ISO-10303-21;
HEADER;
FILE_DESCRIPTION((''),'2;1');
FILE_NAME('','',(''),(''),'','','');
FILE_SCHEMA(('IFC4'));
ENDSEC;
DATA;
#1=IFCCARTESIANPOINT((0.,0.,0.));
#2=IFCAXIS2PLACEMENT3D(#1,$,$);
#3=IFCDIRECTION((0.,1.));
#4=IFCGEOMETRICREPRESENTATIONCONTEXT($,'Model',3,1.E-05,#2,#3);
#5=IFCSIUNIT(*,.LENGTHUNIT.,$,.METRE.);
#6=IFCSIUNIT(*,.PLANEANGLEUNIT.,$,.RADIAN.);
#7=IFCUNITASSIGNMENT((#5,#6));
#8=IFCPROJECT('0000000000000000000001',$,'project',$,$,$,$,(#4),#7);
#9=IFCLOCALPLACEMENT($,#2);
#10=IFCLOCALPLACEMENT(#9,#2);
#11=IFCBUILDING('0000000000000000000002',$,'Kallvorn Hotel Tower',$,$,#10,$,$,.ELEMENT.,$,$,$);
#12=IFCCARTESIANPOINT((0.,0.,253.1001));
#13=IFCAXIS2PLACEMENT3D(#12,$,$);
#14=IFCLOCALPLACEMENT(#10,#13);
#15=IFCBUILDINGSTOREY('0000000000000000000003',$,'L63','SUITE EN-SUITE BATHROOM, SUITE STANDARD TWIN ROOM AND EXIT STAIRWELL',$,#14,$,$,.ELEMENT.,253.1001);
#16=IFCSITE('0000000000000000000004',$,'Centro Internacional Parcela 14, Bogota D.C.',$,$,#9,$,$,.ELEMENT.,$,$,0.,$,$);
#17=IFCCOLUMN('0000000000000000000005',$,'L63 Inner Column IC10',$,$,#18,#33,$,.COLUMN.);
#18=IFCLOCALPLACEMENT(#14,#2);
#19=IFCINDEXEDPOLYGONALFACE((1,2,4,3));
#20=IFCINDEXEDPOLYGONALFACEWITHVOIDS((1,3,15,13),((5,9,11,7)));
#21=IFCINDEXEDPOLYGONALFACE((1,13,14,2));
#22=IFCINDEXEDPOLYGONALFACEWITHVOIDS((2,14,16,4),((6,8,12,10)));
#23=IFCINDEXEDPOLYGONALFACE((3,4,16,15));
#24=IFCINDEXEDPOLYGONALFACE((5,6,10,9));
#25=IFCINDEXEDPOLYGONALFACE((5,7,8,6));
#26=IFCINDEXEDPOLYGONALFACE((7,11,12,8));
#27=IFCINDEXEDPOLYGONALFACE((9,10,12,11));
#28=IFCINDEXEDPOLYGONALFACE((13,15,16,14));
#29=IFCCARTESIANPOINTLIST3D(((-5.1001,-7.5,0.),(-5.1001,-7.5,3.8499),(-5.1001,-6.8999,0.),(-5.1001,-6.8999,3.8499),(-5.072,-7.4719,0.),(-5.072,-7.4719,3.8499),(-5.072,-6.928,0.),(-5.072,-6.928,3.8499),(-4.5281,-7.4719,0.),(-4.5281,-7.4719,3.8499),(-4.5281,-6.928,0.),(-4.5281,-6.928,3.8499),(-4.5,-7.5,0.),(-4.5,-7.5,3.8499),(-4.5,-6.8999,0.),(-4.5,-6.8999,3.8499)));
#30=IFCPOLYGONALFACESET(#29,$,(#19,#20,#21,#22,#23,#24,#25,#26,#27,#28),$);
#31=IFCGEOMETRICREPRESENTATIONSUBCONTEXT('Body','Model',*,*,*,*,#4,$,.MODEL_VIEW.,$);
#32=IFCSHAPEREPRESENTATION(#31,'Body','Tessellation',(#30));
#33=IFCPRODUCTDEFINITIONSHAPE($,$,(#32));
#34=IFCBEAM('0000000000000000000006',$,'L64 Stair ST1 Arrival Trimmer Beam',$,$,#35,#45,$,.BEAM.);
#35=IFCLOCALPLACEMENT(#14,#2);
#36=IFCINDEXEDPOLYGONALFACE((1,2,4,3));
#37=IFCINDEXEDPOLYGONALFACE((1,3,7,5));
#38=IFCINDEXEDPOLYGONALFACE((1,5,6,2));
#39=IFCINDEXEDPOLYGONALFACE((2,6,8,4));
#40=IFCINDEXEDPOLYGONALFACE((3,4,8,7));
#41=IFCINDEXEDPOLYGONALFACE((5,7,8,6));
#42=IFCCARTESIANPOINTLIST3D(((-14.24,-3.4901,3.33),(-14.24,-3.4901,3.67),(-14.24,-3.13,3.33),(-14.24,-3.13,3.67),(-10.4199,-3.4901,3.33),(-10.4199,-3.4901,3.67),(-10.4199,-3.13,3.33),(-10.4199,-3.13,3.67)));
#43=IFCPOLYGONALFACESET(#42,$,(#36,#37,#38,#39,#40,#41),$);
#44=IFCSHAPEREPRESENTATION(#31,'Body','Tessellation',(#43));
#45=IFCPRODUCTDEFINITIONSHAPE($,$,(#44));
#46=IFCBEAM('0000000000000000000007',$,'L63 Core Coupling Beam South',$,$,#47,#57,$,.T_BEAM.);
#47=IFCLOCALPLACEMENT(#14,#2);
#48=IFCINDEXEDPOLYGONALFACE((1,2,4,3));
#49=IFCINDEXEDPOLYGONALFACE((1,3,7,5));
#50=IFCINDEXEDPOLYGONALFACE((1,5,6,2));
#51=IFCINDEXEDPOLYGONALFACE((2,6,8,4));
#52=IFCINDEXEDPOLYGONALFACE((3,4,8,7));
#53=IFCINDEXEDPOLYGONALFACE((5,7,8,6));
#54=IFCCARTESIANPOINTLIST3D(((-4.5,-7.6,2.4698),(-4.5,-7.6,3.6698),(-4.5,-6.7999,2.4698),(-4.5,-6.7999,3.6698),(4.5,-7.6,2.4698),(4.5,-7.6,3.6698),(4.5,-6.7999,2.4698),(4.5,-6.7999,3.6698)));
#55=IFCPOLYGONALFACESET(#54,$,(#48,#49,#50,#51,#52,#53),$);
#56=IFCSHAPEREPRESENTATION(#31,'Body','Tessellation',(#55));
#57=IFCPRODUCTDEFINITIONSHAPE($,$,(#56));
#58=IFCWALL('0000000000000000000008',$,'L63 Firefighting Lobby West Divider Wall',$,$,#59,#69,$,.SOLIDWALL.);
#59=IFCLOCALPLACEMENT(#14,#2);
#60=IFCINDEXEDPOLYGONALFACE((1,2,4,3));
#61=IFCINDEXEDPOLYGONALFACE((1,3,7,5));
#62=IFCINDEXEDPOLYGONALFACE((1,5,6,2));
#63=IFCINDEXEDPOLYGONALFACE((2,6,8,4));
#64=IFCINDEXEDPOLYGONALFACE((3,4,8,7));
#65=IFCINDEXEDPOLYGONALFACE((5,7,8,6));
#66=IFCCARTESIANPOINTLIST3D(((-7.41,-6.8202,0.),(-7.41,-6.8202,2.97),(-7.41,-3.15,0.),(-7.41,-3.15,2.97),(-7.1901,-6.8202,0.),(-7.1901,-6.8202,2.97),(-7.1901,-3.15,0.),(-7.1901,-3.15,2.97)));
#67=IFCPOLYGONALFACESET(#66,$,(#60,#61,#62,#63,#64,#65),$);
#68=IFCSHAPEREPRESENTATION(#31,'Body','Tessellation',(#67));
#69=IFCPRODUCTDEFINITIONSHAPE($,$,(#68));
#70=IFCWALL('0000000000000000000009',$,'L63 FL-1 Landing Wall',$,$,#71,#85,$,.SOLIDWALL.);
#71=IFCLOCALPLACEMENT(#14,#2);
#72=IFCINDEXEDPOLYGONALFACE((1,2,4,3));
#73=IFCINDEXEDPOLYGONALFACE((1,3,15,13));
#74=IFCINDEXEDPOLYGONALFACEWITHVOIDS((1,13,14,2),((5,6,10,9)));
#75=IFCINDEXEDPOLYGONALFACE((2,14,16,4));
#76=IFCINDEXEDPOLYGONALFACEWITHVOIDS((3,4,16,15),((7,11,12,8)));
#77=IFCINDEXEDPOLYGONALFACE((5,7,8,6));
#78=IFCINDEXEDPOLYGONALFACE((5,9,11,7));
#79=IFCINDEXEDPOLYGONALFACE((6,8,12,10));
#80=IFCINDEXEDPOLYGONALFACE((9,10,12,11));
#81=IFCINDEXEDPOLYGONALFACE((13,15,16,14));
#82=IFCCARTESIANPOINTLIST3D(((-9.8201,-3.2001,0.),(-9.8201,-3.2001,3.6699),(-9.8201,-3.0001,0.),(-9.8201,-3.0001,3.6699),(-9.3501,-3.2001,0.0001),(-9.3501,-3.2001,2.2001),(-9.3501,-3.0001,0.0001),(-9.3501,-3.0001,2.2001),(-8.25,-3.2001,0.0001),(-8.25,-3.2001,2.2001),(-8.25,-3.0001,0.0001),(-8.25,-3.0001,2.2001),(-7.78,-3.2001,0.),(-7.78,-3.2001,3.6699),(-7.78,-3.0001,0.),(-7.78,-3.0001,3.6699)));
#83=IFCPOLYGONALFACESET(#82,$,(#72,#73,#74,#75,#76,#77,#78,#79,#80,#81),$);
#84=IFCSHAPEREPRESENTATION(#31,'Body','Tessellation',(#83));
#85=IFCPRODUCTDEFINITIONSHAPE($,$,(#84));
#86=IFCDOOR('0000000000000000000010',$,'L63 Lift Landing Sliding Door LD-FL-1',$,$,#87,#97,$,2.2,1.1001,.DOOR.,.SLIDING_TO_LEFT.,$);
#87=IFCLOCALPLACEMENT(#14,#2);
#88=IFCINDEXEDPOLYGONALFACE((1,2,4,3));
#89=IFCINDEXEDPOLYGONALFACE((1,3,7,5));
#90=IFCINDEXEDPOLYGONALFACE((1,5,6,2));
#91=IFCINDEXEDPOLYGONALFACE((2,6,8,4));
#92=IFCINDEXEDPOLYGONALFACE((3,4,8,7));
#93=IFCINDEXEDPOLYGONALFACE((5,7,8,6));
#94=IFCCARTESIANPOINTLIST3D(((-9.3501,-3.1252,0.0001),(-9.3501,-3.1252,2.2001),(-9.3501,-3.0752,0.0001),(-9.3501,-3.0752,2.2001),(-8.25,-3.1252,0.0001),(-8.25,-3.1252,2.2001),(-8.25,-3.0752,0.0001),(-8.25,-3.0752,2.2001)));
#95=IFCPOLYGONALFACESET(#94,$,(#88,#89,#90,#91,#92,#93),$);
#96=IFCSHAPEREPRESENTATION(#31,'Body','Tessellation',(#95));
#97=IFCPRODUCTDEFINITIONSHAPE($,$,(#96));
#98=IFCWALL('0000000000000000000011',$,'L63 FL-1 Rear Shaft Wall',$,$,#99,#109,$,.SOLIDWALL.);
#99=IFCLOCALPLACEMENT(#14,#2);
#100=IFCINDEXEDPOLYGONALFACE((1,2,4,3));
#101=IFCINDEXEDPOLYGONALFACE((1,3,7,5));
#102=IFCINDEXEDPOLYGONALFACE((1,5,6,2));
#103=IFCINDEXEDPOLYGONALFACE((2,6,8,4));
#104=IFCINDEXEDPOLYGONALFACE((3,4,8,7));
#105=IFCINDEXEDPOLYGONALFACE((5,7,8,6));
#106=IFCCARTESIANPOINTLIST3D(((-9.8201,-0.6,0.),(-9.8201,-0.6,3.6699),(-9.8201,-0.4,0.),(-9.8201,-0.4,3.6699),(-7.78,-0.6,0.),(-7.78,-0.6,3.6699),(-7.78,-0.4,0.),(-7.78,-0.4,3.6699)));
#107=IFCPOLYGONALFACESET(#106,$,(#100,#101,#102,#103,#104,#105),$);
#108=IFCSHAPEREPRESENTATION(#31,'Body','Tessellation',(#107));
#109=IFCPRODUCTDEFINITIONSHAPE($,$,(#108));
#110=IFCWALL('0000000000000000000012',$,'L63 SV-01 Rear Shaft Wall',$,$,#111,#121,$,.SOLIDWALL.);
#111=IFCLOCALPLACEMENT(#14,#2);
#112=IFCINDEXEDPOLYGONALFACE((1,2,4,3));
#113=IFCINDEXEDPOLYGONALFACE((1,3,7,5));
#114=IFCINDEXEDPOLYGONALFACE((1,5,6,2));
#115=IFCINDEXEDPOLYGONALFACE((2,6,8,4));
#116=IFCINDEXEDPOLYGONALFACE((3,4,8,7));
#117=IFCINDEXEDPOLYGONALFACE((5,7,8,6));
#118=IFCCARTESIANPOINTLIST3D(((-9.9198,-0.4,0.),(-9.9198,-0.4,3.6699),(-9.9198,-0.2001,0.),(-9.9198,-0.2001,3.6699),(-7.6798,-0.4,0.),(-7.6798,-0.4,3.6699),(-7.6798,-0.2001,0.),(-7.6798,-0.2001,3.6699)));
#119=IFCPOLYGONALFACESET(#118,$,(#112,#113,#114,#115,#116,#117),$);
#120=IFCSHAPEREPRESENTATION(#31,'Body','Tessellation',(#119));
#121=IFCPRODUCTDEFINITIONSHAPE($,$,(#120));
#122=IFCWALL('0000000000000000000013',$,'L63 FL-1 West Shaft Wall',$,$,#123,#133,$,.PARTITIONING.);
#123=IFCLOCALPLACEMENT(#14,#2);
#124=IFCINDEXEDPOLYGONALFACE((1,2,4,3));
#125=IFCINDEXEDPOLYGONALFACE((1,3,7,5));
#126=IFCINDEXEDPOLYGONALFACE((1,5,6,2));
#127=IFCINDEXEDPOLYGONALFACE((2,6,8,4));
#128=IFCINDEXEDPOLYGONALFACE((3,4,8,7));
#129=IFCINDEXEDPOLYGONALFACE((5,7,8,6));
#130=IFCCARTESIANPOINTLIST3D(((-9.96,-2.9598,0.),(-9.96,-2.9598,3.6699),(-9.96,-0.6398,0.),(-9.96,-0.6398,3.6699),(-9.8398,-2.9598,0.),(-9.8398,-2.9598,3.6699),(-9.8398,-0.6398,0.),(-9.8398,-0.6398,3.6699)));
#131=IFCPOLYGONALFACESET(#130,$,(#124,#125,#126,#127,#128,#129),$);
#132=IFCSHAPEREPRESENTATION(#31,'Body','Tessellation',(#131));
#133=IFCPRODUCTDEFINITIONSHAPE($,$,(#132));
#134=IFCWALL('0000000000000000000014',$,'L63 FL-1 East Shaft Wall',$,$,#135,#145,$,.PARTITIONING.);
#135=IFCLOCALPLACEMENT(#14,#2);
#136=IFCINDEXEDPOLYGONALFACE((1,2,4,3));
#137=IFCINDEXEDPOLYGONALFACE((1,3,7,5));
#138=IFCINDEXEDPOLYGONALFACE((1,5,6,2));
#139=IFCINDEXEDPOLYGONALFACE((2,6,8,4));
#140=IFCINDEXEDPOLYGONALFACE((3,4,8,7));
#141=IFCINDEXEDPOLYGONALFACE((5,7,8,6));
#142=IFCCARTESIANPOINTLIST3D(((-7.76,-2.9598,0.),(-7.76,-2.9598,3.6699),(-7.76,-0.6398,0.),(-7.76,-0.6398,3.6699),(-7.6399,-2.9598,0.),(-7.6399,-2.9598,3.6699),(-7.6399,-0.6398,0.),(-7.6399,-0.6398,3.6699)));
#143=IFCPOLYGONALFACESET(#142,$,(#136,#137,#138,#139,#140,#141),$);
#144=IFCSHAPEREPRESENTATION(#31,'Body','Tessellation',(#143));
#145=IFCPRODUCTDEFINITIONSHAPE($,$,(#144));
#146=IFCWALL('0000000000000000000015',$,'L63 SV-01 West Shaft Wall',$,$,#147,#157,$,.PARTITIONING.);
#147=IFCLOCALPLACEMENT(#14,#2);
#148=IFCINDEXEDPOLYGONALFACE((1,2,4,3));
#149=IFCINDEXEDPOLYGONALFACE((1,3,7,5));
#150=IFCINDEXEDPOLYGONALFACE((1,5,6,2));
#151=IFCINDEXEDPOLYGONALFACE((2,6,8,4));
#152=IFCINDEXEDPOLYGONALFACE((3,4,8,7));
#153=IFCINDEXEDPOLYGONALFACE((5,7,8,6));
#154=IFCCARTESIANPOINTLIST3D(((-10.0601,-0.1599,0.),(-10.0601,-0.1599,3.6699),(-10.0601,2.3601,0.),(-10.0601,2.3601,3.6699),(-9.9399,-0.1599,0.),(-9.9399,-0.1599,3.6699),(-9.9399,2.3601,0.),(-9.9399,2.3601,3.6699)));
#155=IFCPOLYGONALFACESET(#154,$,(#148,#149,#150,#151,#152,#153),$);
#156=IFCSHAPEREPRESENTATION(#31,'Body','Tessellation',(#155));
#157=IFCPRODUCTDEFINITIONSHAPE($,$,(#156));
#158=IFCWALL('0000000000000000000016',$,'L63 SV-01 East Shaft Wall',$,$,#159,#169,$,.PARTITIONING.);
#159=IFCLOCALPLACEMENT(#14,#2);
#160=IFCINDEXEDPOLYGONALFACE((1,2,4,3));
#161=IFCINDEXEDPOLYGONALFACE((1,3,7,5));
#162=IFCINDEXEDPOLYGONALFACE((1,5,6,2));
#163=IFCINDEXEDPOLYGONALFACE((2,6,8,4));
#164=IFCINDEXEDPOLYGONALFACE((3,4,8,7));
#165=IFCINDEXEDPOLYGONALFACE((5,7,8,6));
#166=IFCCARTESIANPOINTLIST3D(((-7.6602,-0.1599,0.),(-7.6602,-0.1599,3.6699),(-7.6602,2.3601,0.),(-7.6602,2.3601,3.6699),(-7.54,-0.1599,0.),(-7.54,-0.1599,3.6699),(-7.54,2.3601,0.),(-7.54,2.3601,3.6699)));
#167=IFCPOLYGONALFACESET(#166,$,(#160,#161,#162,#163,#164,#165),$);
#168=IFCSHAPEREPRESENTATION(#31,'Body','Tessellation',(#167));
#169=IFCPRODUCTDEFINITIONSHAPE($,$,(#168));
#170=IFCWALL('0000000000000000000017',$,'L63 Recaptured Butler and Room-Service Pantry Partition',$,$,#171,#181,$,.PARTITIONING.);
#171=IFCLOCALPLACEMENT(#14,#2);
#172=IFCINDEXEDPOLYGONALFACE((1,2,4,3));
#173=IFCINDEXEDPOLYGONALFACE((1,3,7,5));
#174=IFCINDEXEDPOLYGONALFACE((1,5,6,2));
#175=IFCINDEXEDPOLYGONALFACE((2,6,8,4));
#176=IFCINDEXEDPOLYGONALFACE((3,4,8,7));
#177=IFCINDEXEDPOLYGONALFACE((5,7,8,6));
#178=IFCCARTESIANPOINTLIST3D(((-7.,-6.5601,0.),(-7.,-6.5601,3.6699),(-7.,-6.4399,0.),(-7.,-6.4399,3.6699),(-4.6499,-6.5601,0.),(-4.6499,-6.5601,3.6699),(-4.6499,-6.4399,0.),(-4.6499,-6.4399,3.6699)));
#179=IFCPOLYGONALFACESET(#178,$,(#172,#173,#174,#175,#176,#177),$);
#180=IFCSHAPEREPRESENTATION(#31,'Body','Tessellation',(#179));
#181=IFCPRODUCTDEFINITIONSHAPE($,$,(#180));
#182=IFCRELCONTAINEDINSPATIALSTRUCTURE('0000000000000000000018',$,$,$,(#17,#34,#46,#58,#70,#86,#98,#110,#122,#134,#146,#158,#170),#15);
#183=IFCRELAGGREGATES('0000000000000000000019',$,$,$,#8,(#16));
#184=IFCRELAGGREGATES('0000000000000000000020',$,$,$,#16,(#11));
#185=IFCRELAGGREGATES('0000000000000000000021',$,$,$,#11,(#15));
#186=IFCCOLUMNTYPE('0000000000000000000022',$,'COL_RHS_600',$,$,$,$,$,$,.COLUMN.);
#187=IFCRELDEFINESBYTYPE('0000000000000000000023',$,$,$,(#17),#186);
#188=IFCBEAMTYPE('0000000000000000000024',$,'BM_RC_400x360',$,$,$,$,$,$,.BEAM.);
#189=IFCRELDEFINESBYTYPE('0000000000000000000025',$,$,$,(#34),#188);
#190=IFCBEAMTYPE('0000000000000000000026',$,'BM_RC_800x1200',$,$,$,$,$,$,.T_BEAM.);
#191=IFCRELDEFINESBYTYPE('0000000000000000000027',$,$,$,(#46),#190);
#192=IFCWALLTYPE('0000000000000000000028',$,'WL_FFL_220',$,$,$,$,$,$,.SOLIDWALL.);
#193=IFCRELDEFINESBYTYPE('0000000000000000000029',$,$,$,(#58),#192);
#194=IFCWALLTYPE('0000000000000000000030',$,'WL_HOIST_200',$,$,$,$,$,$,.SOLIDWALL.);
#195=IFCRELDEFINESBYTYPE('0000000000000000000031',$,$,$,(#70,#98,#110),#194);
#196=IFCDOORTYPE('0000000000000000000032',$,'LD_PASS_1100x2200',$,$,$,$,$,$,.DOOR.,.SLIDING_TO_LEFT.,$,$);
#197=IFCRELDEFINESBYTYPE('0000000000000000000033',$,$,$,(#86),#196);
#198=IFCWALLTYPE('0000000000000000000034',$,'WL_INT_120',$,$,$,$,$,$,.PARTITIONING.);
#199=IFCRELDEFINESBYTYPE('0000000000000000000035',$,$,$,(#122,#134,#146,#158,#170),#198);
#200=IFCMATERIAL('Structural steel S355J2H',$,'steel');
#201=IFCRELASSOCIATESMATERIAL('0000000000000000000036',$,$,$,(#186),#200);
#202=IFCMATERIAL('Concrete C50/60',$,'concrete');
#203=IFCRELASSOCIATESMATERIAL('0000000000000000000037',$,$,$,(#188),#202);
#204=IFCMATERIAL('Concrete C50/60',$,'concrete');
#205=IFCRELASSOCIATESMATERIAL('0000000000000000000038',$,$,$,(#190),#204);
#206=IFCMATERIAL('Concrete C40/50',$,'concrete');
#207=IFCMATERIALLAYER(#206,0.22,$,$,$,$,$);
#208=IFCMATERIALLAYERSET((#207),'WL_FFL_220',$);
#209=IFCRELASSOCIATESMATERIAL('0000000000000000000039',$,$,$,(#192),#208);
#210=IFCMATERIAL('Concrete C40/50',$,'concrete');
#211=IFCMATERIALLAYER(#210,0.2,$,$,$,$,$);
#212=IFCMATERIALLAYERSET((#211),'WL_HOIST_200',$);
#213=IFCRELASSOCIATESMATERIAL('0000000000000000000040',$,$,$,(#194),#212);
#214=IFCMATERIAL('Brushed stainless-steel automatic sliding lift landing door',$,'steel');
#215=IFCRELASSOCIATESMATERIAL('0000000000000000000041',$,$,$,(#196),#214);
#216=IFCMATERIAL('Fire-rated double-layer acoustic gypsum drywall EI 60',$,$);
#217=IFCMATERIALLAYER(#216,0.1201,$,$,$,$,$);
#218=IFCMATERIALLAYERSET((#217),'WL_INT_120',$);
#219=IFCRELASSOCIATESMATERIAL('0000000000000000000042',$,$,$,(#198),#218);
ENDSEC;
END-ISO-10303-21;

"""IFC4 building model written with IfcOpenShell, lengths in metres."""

from ifc_helpers import new_model, si_unit, direction, frame, frame_2d, origin, origin_2d, place, context, subcontext, project, spatial, rectangle, hollow_rectangle, extrude, material, layer, layer_set, material_profile, profile_set, type_object, element, fill, save


model = new_model("IFC4")

# Units and contexts
model_context = context("Model", 3, precision=1e-05, world=origin(), true_north=direction((0.0, 1.0)))
body_context = subcontext(model_context, "Body", "Model", "MODEL_VIEW")
ifc_project = project(units=[si_unit("LENGTHUNIT", "METRE"), si_unit("PLANEANGLEUNIT", "RADIAN")], contexts=[model_context])

# Site, building, storey
site_placement = place(None, origin())
site = spatial("IfcSite", under=ifc_project, at=site_placement, Name="Centro Internacional Parcela 14, Bogota D.C.", CompositionType="ELEMENT", RefElevation=0.0)
building_placement = place(site_placement, origin())
building = spatial("IfcBuilding", under=site, at=building_placement, Name="Kallvorn Hotel Tower", CompositionType="ELEMENT")
storey_placement = place(building_placement, frame((0.0, 0.0, 253.1001)))
storey = spatial("IfcBuildingStorey", under=building, at=storey_placement, Name="L63", Description="SUITE EN-SUITE BATHROOM, SUITE STANDARD TWIN ROOM AND EXIT STAIRWELL", CompositionType="ELEMENT", Elevation=253.1001)

# Column
ifc_material_1 = material(Name="Structural steel S355J2H", Category="steel")
ifc_material_profile_1 = material_profile(ifc_material_1, hollow_rectangle(XDim=0.6001, YDim=0.6001, WallThickness=0.0281, at=origin_2d()), Name="RHS 600x600x28")
ifc_profile_set_1 = profile_set([ifc_material_profile_1], Name="Structural steel S355J2H")
column_type = type_object("IfcColumnType", Name="COL_RHS_600", PredefinedType="COLUMN", material=ifc_profile_set_1)
column_placement = place(storey_placement, frame((-4.8, -7.2, 0.0), z_axis=(0.0, 0.0, 1.0), x_axis=(1.0, 0.0, 0.0)))
element("IfcColumn", 1, at=column_placement, inside=storey, type_object=column_type, Name="L63 Inner Column IC10", PredefinedType="COLUMN", context=body_context, shape_type="SweptSolid", body=[
    extrude(hollow_rectangle(XDim=0.6001, YDim=0.6001, WallThickness=0.0281, at=origin_2d()), origin(), (0.0, 0.0, 1.0), 3.8499),
])

# Beams
ifc_material_2 = material(Name="Concrete C50/60", Category="concrete")
ifc_material_profile_2 = material_profile(ifc_material_2, rectangle(XDim=0.3601, YDim=0.3401, at=origin_2d()), Name="RC 360x340")
ifc_profile_set_2 = profile_set([ifc_material_profile_2], Name="Concrete C50/60")
beam_type_1 = type_object("IfcBeamType", Name="BM_RC_400x360", PredefinedType="BEAM", material=ifc_profile_set_2)
beam_1_placement = place(storey_placement, frame((-10.4199, -3.3101, 3.5), z_axis=(-1.0, 0.0, 0.0), x_axis=(0.0, -1.0, 0.0)))
element("IfcBeam", 2, at=beam_1_placement, inside=storey, type_object=beam_type_1, Name="L64 Stair ST1 Arrival Trimmer Beam", PredefinedType="BEAM", context=body_context, shape_type="SweptSolid", body=[
    extrude(rectangle(XDim=0.3601, YDim=0.3401, at=origin_2d()), origin(), (0.0, 0.0, 1.0), 3.8201),
])
ifc_material_3 = material(Name="Concrete C50/60", Category="concrete")
ifc_material_profile_3 = material_profile(ifc_material_3, rectangle(XDim=0.8, YDim=1.2, at=origin_2d()), Name="RC 800x1200")
ifc_profile_set_3 = profile_set([ifc_material_profile_3], Name="Concrete C50/60")
beam_type_2 = type_object("IfcBeamType", Name="BM_RC_800x1200", PredefinedType="T_BEAM", material=ifc_profile_set_3)
beam_2_placement = place(storey_placement, frame((-4.5, -7.2, 3.0698), z_axis=(1.0, 0.0, 0.0), x_axis=(0.0, 1.0, 0.0)))
element("IfcBeam", 3, at=beam_2_placement, inside=storey, type_object=beam_type_2, Name="L63 Core Coupling Beam South", PredefinedType="T_BEAM", context=body_context, shape_type="SweptSolid", body=[
    extrude(rectangle(XDim=0.8, YDim=1.2, at=origin_2d()), origin(), (0.0, 0.0, 1.0), 9.0),
])

# Wall
ifc_material_4 = material(Name="Concrete C40/50", Category="concrete")
ifc_layer_1 = layer(ifc_material_4, 0.22)
ifc_layer_set_1 = layer_set([ifc_layer_1], Name="WL_FFL_220")
wall_type_1 = type_object("IfcWallType", Name="WL_FFL_220", PredefinedType="SOLIDWALL", material=ifc_layer_set_1)
wall_1_placement = place(storey_placement, frame((-7.3, -6.8201, 0.0), z_axis=(0.0, 0.0, 1.0), x_axis=(0.0, 1.0, 0.0)))
element("IfcWall", 4, at=wall_1_placement, inside=storey, type_object=wall_type_1, Name="L63 Firefighting Lobby West Divider Wall", PredefinedType="SOLIDWALL", context=body_context, shape_type="SweptSolid", body=[
    extrude(rectangle(XDim=3.6702, YDim=0.22, at=frame_2d((1.835, 0.0))), origin(), (0.0, 0.0, 1.0), 2.97),
])

# Wall, opening, door
ifc_material_5 = material(Name="Concrete C40/50", Category="concrete")
ifc_layer_2 = layer(ifc_material_5, 0.2)
ifc_layer_set_2 = layer_set([ifc_layer_2], Name="WL_HOIST_200")
wall_type_2 = type_object("IfcWallType", Name="WL_HOIST_200", PredefinedType="SOLIDWALL", material=ifc_layer_set_2)
wall_2_placement = place(storey_placement, frame((-9.8201, -3.1001, 0.0), z_axis=(0.0, 0.0, 1.0), x_axis=(1.0, 0.0, 0.0)))
wall_2 = element("IfcWall", 5, at=wall_2_placement, inside=storey, type_object=wall_type_2, Name="L63 FL-1 Landing Wall", PredefinedType="SOLIDWALL", context=body_context, shape_type="SweptSolid", body=[
    extrude(rectangle(XDim=2.04, YDim=0.2, at=frame_2d((1.02, 0.0))), origin(), (0.0, 0.0, 1.0), 3.6699),
])
opening_1_placement = place(wall_2_placement, frame((0.47, 0.0, 0.0)))
opening_1 = element("IfcOpeningElement", 6, at=opening_1_placement, cuts=wall_2, PredefinedType="OPENING", context=body_context, shape_type="SweptSolid", body=[
    extrude(rectangle(XDim=1.1001, YDim=2.2, at=frame_2d((0.55, 1.1001))), frame((0.0, 0.115, 0.0), z_axis=(0.0, -1.0, 0.0), x_axis=(1.0, 0.0, 0.0)), (0.0, 0.0, 1.0), 0.23),
])
ifc_material_6 = material(Name="Brushed stainless-steel automatic sliding lift landing door", Category="steel")
door_type_1 = type_object("IfcDoorType", Name="LD_PASS_1100x2200", OperationType="SLIDING_TO_LEFT", PredefinedType="DOOR", material=ifc_material_6)
door_1_placement = place(opening_1_placement, origin())
door_1 = element("IfcDoor", 7, at=door_1_placement, inside=storey, type_object=door_type_1, Name="L63 Lift Landing Sliding Door LD-FL-1", OperationType="SLIDING_TO_LEFT", OverallHeight=2.2, OverallWidth=1.1001, PredefinedType="DOOR", context=body_context, shape_type="SweptSolid", body=[
    extrude(rectangle(XDim=1.1001, YDim=2.2, at=frame_2d((0.55, 1.1001))), frame((0.0, 0.0249, 0.0), z_axis=(0.0, -1.0, 0.0), x_axis=(1.0, 0.0, 0.0)), (0.0, 0.0, 1.0), 0.05),
])
fill(opening_1, door_1)

# Walls
wall_3_placement = place(storey_placement, frame((-9.8201, -0.5, 0.0), z_axis=(0.0, 0.0, 1.0), x_axis=(1.0, 0.0, 0.0)))
element("IfcWall", 8, at=wall_3_placement, inside=storey, type_object=wall_type_2, Name="L63 FL-1 Rear Shaft Wall", PredefinedType="SOLIDWALL", context=body_context, shape_type="SweptSolid", body=[
    extrude(rectangle(XDim=2.04, YDim=0.2, at=frame_2d((1.02, 0.0))), origin(), (0.0, 0.0, 1.0), 3.6699),
])
wall_4_placement = place(storey_placement, frame((-9.9199, -0.3, 0.0), z_axis=(0.0, 0.0, 1.0), x_axis=(1.0, 0.0, 0.0)))
element("IfcWall", 9, at=wall_4_placement, inside=storey, type_object=wall_type_2, Name="L63 SV-01 Rear Shaft Wall", PredefinedType="SOLIDWALL", context=body_context, shape_type="SweptSolid", body=[
    extrude(rectangle(XDim=2.24, YDim=0.2, at=frame_2d((1.1201, 0.0))), origin(), (0.0, 0.0, 1.0), 3.6699),
])
ifc_material_7 = material(Name="Fire-rated double-layer acoustic gypsum drywall EI 60")
ifc_layer_3 = layer(ifc_material_7, 0.1201)
ifc_layer_set_3 = layer_set([ifc_layer_3], Name="WL_INT_120")
wall_type_3 = type_object("IfcWallType", Name="WL_INT_120", PredefinedType="PARTITIONING", material=ifc_layer_set_3)
for number, where, z_axis, x_axis, name in (
    (10, (-9.8999, -2.96, 0.0), (0.0, 0.0, 1.0), (0.0, 1.0, 0.0), "L63 FL-1 West Shaft Wall"),
    (11, (-7.7, -2.96, 0.0), (0.0, 0.0, 1.0), (0.0, 1.0, 0.0), "L63 FL-1 East Shaft Wall"),
):
    element("IfcWall", number, at=place(storey_placement, frame(where, z_axis=z_axis, x_axis=x_axis)), inside=storey, type_object=wall_type_3, Name=name, PredefinedType="PARTITIONING", context=body_context, shape_type="SweptSolid", body=[
        extrude(rectangle(XDim=2.3201, YDim=0.1201, at=frame_2d((1.1602, 0.0))), origin(), (0.0, 0.0, 1.0), 3.6699),
    ])
for number, where, z_axis, x_axis, name in (
    (12, (-10.0, -0.1599, 0.0), (0.0, 0.0, 1.0), (0.0, 1.0, 0.0), "L63 SV-01 West Shaft Wall"),
    (13, (-7.6001, -0.1599, 0.0), (0.0, 0.0, 1.0), (0.0, 1.0, 0.0), "L63 SV-01 East Shaft Wall"),
):
    element("IfcWall", number, at=place(storey_placement, frame(where, z_axis=z_axis, x_axis=x_axis)), inside=storey, type_object=wall_type_3, Name=name, PredefinedType="PARTITIONING", context=body_context, shape_type="SweptSolid", body=[
        extrude(rectangle(XDim=2.52, YDim=0.1201, at=frame_2d((1.26, 0.0))), origin(), (0.0, 0.0, 1.0), 3.6699),
    ])
wall_5_placement = place(storey_placement, frame((-7.0, -6.5, 0.0), z_axis=(0.0, 0.0, 1.0), x_axis=(1.0, 0.0, 0.0)))
element("IfcWall", 14, at=wall_5_placement, inside=storey, type_object=wall_type_3, Name="L63 Recaptured Butler and Room-Service Pantry Partition", PredefinedType="PARTITIONING", context=body_context, shape_type="SweptSolid", body=[
    extrude(rectangle(XDim=2.3501, YDim=0.1201, at=frame_2d((1.175, 0.0))), origin(), (0.0, 0.0, 1.0), 3.6699),
])

save(model, "model.ifc")
